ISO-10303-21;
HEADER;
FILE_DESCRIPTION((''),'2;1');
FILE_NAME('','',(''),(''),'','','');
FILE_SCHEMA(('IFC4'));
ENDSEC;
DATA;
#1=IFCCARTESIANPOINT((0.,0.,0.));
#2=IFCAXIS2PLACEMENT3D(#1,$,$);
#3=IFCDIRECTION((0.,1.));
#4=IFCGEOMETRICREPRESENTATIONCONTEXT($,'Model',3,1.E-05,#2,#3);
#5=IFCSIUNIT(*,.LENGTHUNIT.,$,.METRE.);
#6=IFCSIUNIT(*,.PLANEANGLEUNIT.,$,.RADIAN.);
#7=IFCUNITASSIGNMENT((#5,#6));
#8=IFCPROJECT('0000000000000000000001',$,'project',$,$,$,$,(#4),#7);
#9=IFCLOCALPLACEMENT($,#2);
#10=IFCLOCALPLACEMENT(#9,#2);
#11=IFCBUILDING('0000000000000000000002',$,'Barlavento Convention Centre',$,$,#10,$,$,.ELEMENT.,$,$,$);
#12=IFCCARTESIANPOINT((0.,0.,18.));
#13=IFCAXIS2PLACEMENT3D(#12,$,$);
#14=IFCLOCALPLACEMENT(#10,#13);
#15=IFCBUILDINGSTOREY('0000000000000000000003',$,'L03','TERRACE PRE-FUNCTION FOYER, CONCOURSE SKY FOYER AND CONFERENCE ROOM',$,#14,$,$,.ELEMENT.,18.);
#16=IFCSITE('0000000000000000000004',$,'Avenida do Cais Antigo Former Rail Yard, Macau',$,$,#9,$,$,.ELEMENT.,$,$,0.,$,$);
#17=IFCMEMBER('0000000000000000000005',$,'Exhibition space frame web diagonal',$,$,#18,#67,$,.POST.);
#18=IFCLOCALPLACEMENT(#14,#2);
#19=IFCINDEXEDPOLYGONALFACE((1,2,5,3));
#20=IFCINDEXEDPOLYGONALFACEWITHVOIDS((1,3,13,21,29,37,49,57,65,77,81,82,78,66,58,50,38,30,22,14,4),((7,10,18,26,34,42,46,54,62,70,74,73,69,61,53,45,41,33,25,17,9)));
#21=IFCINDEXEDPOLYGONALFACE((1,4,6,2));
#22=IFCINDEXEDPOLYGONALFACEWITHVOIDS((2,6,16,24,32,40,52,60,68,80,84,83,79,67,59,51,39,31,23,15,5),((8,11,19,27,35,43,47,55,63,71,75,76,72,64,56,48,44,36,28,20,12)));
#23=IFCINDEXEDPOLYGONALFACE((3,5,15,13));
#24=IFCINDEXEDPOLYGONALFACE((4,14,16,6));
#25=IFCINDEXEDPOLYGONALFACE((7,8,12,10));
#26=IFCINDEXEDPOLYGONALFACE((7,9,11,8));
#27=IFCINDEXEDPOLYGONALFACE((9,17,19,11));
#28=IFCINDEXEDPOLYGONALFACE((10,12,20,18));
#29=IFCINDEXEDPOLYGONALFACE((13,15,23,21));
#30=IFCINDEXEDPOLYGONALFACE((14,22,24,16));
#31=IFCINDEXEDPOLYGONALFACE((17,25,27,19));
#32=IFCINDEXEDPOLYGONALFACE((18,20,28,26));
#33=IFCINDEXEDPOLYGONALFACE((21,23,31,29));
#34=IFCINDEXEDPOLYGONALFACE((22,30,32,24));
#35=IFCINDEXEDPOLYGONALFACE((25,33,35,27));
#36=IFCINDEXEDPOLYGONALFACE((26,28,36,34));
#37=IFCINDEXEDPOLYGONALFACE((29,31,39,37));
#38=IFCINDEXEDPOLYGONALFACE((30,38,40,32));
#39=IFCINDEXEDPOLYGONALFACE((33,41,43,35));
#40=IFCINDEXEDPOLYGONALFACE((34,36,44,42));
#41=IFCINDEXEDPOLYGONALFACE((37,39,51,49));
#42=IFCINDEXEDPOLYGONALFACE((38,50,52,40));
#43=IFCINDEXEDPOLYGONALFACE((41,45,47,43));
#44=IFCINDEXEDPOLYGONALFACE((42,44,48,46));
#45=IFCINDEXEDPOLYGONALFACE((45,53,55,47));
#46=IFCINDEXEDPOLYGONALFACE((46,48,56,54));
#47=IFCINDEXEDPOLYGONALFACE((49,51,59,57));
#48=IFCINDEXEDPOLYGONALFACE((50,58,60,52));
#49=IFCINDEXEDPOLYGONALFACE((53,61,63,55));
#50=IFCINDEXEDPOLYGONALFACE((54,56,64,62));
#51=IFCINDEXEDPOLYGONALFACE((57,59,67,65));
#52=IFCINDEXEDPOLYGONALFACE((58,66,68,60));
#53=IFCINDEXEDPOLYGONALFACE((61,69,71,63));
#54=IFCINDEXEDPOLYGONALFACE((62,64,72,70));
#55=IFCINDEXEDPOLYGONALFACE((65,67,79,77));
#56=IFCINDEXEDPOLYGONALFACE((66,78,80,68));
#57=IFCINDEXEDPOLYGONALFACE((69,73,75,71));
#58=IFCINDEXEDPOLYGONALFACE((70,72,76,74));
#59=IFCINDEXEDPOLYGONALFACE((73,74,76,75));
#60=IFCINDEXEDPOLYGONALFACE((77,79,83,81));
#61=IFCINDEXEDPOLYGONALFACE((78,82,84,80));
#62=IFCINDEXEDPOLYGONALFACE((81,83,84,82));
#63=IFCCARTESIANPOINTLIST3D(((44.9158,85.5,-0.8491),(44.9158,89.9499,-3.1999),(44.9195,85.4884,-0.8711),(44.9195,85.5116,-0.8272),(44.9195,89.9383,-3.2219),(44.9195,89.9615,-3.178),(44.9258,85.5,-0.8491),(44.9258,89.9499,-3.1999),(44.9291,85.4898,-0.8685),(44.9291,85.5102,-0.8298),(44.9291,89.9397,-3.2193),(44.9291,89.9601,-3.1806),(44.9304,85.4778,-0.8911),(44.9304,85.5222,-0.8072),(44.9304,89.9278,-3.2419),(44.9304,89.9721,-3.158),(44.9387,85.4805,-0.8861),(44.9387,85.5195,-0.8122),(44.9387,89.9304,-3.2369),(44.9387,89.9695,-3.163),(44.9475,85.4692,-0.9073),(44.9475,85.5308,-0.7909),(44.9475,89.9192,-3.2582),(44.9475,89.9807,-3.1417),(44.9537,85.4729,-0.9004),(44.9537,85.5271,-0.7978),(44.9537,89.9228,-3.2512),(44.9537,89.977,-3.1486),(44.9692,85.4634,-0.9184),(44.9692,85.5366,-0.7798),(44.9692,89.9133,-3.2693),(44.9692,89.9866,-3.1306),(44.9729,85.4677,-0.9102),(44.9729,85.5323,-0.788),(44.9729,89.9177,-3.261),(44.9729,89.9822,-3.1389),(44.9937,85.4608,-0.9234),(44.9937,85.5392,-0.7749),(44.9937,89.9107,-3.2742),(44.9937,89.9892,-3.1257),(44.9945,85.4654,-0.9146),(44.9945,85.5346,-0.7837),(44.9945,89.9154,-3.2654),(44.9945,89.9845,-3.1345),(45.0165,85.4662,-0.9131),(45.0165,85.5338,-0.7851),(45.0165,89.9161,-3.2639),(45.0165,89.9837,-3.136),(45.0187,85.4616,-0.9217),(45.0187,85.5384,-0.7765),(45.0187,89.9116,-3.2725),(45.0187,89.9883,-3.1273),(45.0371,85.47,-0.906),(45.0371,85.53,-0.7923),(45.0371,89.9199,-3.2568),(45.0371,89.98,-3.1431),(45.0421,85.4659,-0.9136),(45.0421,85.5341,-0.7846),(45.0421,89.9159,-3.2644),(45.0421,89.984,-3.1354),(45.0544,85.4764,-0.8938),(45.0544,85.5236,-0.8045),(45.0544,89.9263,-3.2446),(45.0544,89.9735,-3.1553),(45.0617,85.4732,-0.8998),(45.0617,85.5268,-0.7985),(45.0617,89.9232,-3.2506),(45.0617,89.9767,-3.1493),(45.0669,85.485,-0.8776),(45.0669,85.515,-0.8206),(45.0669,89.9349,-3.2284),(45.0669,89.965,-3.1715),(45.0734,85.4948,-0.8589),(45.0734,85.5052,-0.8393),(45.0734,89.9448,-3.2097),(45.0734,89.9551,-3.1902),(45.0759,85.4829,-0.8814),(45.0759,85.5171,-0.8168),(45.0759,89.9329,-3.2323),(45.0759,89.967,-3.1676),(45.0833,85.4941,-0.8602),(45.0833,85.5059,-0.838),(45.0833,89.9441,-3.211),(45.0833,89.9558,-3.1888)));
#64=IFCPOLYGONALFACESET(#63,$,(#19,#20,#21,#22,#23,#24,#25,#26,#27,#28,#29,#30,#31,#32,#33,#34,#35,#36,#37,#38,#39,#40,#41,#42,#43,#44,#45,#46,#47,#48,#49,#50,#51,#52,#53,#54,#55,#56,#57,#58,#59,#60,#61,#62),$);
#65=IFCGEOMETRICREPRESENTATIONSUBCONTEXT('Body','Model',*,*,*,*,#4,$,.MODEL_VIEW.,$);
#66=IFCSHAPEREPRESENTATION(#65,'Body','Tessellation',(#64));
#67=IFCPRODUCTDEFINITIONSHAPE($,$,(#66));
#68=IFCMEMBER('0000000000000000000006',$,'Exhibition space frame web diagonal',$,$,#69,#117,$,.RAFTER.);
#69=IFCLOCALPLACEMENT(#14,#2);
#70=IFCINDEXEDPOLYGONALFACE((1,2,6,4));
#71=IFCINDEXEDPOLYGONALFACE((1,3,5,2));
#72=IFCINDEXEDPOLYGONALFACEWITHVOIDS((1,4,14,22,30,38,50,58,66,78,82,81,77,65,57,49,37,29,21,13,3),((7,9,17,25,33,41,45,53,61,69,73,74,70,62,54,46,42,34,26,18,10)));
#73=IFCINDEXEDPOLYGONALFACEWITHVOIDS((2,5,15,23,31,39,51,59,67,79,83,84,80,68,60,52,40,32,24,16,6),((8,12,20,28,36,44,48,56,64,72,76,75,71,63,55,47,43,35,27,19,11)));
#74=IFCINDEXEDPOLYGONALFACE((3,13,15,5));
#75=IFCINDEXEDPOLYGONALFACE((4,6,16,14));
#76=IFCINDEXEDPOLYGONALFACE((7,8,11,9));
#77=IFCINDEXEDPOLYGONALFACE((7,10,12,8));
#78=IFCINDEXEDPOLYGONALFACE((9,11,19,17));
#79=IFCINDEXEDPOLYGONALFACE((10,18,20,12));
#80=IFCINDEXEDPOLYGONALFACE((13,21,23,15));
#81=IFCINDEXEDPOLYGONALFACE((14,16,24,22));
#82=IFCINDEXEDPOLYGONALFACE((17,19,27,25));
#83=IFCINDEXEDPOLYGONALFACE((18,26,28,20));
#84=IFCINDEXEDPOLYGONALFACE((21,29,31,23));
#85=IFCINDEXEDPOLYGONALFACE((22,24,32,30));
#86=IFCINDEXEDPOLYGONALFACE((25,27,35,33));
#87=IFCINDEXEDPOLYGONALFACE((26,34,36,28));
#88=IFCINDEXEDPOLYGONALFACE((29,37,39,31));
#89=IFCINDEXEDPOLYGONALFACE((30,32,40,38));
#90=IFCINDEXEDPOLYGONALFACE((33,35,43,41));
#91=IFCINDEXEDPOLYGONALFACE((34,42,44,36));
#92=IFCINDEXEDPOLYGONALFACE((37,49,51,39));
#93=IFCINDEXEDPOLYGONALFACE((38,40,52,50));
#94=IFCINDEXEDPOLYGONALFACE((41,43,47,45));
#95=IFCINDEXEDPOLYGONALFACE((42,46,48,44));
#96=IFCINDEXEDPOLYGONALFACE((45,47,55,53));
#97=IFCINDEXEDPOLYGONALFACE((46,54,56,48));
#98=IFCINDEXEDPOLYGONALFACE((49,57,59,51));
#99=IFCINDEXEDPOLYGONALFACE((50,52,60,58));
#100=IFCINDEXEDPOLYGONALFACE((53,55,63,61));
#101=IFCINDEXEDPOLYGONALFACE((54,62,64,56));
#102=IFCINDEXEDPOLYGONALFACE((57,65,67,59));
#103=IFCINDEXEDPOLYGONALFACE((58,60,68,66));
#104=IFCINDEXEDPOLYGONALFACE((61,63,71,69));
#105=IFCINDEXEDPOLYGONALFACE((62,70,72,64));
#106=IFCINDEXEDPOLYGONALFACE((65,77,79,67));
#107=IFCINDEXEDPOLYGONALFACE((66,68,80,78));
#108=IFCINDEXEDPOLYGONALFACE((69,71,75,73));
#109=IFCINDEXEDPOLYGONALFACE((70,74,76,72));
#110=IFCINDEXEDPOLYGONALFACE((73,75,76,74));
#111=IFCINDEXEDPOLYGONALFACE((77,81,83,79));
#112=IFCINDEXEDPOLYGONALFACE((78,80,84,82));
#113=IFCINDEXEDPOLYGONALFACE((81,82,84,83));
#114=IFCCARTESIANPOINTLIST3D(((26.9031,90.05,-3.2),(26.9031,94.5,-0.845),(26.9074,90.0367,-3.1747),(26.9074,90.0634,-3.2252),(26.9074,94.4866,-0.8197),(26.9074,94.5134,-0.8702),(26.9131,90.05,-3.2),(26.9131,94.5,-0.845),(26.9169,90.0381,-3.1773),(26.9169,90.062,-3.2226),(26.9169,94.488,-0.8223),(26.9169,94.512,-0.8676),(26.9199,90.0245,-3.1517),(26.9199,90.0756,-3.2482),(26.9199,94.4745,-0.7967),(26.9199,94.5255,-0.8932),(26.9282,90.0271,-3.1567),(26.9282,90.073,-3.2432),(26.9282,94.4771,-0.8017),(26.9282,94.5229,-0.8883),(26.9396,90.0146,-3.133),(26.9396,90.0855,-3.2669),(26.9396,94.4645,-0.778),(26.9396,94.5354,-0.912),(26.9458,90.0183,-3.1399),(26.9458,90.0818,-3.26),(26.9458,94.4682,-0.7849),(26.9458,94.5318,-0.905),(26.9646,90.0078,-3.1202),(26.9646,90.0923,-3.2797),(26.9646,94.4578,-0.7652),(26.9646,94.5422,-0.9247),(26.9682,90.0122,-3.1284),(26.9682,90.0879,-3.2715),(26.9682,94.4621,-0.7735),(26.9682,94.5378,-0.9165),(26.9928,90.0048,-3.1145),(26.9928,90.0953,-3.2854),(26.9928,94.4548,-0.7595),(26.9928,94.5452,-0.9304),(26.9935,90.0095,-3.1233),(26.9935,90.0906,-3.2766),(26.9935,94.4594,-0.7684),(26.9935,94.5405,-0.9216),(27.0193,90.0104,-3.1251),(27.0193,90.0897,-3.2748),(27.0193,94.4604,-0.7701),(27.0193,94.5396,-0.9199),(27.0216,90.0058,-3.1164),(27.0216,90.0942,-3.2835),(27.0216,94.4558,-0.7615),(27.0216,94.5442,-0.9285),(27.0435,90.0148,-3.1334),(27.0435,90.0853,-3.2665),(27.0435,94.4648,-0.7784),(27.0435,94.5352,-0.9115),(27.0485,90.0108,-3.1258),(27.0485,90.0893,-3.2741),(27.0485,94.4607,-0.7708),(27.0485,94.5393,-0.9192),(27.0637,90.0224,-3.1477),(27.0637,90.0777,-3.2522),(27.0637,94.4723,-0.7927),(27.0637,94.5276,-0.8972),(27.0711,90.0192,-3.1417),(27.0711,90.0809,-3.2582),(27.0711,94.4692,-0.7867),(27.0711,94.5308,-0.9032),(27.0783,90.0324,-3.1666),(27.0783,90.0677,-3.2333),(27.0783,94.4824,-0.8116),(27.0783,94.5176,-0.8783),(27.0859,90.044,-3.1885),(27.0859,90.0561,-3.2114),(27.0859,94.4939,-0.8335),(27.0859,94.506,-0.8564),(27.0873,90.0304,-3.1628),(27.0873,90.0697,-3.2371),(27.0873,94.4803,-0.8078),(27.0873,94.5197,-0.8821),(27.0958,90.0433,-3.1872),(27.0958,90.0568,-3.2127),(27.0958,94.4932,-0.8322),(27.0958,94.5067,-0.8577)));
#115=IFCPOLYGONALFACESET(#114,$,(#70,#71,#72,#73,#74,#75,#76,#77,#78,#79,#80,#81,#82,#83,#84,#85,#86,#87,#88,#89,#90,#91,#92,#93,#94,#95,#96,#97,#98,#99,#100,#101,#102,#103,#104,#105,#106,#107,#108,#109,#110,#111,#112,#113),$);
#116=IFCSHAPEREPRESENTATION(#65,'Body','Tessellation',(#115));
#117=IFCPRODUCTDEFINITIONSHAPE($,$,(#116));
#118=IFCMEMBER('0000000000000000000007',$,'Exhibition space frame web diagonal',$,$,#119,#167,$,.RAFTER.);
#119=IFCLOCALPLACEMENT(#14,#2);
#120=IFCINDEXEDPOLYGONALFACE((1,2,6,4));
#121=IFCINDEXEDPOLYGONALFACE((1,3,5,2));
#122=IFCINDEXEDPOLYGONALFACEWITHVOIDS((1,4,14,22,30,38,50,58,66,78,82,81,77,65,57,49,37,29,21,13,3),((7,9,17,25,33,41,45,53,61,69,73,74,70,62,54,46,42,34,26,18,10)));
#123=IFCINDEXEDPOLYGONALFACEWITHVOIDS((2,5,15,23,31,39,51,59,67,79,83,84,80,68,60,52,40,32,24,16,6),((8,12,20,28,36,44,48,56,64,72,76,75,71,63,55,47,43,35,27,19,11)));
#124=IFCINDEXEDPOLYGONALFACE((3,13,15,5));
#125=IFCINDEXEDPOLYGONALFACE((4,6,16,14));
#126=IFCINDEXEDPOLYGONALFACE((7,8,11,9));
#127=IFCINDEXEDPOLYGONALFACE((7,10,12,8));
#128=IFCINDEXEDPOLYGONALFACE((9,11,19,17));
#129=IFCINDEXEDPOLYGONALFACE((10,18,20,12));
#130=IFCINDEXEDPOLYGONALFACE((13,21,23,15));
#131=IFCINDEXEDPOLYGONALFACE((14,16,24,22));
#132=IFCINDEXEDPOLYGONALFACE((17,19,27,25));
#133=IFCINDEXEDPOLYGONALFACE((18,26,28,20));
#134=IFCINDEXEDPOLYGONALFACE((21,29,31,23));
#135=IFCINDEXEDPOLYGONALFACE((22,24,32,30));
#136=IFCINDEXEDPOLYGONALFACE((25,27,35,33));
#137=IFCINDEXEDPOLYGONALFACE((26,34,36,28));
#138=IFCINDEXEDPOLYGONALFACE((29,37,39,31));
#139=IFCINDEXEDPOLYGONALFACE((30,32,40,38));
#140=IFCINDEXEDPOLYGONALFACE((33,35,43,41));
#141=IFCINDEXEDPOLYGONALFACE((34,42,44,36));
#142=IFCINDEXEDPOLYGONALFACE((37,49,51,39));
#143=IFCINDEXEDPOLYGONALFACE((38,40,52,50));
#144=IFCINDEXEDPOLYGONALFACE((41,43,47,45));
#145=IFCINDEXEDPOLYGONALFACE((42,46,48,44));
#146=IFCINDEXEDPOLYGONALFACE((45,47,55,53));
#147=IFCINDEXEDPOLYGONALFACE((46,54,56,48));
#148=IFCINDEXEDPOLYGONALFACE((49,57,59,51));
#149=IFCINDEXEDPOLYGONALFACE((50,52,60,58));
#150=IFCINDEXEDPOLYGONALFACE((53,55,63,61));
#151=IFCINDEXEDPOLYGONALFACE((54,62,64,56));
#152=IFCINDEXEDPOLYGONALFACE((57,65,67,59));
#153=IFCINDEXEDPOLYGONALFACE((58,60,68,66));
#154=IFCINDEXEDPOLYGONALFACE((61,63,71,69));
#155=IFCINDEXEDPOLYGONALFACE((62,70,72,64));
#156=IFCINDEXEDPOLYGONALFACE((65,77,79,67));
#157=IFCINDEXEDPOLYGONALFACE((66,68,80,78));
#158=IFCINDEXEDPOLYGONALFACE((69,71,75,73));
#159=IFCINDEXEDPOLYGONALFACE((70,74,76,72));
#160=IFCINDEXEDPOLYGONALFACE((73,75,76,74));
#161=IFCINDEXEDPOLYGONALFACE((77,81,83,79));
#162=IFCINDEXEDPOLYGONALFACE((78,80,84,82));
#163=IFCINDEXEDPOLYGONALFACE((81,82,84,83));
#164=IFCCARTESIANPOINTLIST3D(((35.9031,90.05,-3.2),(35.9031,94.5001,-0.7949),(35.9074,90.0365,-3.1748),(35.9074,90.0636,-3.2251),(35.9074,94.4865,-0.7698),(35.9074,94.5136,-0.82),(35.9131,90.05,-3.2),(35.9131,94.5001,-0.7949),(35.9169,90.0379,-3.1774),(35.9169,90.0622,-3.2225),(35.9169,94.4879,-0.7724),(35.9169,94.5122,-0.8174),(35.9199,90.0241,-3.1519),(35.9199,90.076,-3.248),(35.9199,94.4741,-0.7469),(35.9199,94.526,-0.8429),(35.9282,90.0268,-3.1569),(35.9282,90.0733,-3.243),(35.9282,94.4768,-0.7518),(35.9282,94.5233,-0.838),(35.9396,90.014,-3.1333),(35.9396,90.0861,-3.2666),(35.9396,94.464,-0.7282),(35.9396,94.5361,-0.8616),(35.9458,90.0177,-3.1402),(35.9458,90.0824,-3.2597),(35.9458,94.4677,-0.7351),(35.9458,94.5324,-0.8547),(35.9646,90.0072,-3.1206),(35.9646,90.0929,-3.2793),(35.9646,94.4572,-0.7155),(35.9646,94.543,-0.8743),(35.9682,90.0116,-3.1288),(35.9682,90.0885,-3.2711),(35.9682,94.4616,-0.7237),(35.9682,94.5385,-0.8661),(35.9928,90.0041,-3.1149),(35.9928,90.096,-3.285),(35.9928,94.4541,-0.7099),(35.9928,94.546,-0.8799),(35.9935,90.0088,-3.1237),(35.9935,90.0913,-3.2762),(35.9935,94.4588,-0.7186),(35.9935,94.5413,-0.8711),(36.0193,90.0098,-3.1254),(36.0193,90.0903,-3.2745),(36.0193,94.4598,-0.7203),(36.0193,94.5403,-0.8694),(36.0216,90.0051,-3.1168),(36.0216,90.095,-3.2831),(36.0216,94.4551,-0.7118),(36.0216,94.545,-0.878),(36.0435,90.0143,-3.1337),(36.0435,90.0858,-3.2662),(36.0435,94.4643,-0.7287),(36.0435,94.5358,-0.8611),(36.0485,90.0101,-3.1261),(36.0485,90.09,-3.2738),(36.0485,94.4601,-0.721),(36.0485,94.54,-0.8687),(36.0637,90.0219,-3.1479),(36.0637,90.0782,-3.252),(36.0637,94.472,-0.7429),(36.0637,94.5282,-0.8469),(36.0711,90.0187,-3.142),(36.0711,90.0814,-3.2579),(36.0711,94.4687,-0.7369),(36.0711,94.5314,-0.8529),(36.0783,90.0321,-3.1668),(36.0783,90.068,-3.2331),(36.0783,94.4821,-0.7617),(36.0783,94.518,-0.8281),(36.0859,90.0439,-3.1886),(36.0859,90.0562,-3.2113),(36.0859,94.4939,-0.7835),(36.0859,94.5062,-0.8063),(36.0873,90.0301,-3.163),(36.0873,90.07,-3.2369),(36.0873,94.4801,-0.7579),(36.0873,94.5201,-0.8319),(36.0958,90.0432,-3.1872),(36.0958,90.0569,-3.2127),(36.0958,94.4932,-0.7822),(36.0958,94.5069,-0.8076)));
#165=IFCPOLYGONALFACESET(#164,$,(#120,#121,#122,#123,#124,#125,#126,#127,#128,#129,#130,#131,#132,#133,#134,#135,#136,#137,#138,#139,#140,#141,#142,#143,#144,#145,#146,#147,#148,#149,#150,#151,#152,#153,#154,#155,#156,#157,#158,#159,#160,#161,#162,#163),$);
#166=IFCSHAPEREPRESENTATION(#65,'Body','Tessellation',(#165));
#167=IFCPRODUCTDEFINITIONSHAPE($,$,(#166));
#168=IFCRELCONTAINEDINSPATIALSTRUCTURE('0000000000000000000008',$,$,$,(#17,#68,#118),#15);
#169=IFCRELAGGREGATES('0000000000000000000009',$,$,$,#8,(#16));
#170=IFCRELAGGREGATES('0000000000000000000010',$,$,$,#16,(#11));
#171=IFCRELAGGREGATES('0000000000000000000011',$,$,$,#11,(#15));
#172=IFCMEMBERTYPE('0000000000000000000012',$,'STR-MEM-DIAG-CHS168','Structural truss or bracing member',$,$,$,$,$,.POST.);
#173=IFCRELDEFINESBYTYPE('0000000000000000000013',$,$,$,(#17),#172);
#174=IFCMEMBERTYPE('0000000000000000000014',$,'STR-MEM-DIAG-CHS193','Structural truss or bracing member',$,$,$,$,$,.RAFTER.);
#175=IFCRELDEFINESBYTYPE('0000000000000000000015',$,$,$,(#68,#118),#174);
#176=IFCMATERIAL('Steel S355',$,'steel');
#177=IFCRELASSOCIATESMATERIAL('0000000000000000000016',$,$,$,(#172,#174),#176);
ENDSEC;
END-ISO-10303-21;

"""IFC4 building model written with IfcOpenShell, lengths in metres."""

from ifc_helpers import new_model, si_unit, direction, frame, origin, origin_2d, place, context, subcontext, project, spatial, hollow_circle, extrude, material, material_profile, profile_set, type_object, element, save


model = new_model("IFC4")

# Units and contexts
model_context = context("Model", 3, precision=1e-05, world=origin(), true_north=direction((0.0, 1.0)))
body_context = subcontext(model_context, "Body", "Model", "MODEL_VIEW")
ifc_project = project(units=[si_unit("LENGTHUNIT", "METRE"), si_unit("PLANEANGLEUNIT", "RADIAN")], contexts=[model_context])

# Site, building, storey
site_placement = place(None, origin())
site = spatial("IfcSite", under=ifc_project, at=site_placement, Name="Avenida do Cais Antigo Former Rail Yard, Macau", CompositionType="ELEMENT", RefElevation=0.0)
building_placement = place(site_placement, origin())
building = spatial("IfcBuilding", under=site, at=building_placement, Name="Barlavento Convention Centre", CompositionType="ELEMENT")
storey_placement = place(building_placement, frame((0.0, 0.0, 18.0)))
storey = spatial("IfcBuildingStorey", under=building, at=storey_placement, Name="L03", Description="TERRACE PRE-FUNCTION FOYER, CONCOURSE SKY FOYER AND CONFERENCE ROOM", CompositionType="ELEMENT", Elevation=18.0)

# Members
ifc_material_1 = material(Name="Steel S355", Category="steel")
ifc_material_profile_1 = material_profile(ifc_material_1, hollow_circle(Radius=0.0842, WallThickness=0.01, at=origin_2d()), Name="CHS 168.3x10.0")
ifc_profile_set_1 = profile_set([ifc_material_profile_1], Name="Steel S355")
member_type_1 = type_object("IfcMemberType", Name="STR-MEM-DIAG-CHS168", Description="Structural truss or bracing member", PredefinedType="POST", material=ifc_profile_set_1)
member_1_placement = place(storey_placement, frame((45.0, 85.5, -0.8491), z_axis=(0.0, 0.884201, -0.467107), x_axis=(-1.0, 0.0, 0.0)))
element("IfcMember", 1, at=member_1_placement, inside=storey, type_object=member_type_1, Name="Exhibition space frame web diagonal", PredefinedType="POST", context=body_context, shape_type="SweptSolid", body=[
    extrude(hollow_circle(Radius=0.0842, WallThickness=0.01, at=origin_2d()), origin(), (0.0, 0.0, 1.0), 5.0327),
])
ifc_material_profile_2 = material_profile(ifc_material_1, hollow_circle(Radius=0.0969, WallThickness=0.01, at=origin_2d()), Name="CHS 193.7x10.0")
ifc_profile_set_2 = profile_set([ifc_material_profile_2], Name="Steel S355")
member_type_2 = type_object("IfcMemberType", Name="STR-MEM-DIAG-CHS193", Description="Structural truss or bracing member", PredefinedType="RAFTER", material=ifc_profile_set_2)
member_2_placement = place(storey_placement, frame((27.0, 90.05, -3.2), z_axis=(0.0, 0.88386, 0.467752), x_axis=(-1.0, 0.0, 0.0)))
element("IfcMember", 2, at=member_2_placement, inside=storey, type_object=member_type_2, Name="Exhibition space frame web diagonal", PredefinedType="RAFTER", context=body_context, shape_type="SweptSolid", body=[
    extrude(hollow_circle(Radius=0.0969, WallThickness=0.01, at=origin_2d()), origin(), (0.0, 0.0, 1.0), 5.0347),
])
member_3_placement = place(storey_placement, frame((36.0, 90.05, -3.2), z_axis=(0.0, 0.879735, 0.475464), x_axis=(-1.0, 0.0, 0.0)))
element("IfcMember", 3, at=member_3_placement, inside=storey, type_object=member_type_2, Name="Exhibition space frame web diagonal", PredefinedType="RAFTER", context=body_context, shape_type="SweptSolid", body=[
    extrude(hollow_circle(Radius=0.0969, WallThickness=0.01, at=origin_2d()), origin(), (0.0, 0.0, 1.0), 5.0583),
])

save(model, "model.ifc")
